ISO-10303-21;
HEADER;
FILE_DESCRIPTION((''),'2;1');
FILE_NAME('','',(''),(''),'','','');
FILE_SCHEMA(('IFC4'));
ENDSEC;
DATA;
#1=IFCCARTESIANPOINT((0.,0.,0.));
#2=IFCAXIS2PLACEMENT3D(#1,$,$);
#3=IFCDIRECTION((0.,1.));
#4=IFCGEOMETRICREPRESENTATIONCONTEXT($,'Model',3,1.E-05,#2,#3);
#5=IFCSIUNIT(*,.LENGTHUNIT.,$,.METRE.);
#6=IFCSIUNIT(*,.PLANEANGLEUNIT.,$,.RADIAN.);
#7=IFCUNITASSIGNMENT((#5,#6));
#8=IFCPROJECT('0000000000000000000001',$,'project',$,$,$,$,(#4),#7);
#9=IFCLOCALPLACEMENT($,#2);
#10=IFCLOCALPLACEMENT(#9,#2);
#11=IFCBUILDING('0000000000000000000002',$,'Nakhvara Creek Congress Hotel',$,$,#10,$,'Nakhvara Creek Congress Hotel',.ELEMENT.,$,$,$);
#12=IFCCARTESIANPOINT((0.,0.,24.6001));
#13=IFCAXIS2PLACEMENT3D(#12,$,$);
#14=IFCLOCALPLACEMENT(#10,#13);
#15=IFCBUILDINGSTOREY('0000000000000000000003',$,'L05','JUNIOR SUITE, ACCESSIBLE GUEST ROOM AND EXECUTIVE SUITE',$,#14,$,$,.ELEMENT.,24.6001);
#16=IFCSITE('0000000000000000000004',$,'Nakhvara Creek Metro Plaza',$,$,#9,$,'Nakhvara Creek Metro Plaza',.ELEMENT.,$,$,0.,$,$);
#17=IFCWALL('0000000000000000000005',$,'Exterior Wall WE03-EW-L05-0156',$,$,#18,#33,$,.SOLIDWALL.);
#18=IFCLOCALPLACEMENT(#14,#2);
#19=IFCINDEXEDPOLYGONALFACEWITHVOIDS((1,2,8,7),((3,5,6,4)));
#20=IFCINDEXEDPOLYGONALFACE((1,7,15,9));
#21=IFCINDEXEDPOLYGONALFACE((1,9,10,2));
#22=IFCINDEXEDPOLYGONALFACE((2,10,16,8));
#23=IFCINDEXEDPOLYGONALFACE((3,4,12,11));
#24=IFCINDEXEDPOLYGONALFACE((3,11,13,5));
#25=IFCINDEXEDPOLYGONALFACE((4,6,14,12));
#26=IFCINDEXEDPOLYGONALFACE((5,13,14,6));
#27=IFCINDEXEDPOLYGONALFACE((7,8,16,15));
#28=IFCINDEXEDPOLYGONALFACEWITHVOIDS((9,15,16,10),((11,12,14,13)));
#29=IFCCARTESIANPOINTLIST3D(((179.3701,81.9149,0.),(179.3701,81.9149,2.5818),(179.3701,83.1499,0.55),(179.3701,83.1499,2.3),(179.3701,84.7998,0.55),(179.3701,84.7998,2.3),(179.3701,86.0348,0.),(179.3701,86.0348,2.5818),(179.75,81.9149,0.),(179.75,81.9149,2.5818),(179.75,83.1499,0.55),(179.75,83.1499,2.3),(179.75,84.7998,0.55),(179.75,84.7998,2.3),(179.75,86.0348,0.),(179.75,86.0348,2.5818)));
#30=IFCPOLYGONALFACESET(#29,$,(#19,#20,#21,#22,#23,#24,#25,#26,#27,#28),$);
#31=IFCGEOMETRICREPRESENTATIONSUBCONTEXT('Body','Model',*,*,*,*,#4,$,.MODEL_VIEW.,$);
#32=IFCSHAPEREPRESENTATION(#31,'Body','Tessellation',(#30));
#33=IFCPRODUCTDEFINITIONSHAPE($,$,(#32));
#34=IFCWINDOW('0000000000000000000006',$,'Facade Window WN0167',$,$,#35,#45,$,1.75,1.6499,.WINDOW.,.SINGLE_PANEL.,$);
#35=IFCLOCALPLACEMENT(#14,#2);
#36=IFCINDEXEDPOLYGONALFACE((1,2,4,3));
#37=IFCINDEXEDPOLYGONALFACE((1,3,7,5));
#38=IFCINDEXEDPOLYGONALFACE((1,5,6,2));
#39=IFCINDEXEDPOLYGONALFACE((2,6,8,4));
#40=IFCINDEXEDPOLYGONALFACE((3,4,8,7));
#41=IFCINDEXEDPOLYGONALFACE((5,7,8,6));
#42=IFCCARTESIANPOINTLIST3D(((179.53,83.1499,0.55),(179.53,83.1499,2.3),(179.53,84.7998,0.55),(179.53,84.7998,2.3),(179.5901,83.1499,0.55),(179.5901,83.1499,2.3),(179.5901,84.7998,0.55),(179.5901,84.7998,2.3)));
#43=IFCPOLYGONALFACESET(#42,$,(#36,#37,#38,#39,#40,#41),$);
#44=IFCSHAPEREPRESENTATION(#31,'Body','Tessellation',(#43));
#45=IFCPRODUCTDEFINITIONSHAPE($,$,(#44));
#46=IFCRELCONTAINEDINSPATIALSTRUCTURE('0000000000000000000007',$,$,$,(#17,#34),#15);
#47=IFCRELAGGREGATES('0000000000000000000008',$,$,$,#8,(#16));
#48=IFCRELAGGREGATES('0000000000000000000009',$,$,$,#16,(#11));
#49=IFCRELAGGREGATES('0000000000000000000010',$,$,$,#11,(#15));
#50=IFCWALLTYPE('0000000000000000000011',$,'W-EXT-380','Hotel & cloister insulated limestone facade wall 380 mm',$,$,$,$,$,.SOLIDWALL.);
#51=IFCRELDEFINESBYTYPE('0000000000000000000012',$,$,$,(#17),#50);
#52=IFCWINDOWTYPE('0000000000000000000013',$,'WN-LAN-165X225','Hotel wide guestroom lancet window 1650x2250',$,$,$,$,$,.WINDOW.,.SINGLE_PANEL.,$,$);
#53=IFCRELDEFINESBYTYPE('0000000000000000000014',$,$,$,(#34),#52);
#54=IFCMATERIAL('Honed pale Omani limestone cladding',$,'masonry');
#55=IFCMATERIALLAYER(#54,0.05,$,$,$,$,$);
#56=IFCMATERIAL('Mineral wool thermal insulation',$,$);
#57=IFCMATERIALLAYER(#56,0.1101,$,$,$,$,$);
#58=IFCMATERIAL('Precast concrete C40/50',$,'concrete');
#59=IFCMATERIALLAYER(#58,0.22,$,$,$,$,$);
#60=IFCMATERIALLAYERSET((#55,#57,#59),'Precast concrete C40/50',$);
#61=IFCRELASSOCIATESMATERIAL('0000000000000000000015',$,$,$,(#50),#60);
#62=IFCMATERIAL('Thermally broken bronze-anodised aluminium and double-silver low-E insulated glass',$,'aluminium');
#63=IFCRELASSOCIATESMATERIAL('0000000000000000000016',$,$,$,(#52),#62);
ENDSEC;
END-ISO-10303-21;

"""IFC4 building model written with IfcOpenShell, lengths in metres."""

from ifc_helpers import new_model, si_unit, direction, frame, frame_2d, origin, place, context, subcontext, project, spatial, rectangle, extrude, material, layer, layer_set, type_object, element, fill, save


model = new_model("IFC4")

# Units and contexts
model_context = context("Model", 3, precision=1e-05, world=origin(), true_north=direction((0.0, 1.0)))
body_context = subcontext(model_context, "Body", "Model", "MODEL_VIEW")
ifc_project = project(units=[si_unit("LENGTHUNIT", "METRE"), si_unit("PLANEANGLEUNIT", "RADIAN")], contexts=[model_context])

# Site, building, storey
site_placement = place(None, origin())
site = spatial("IfcSite", under=ifc_project, at=site_placement, Name="Nakhvara Creek Metro Plaza", LongName="Nakhvara Creek Metro Plaza", CompositionType="ELEMENT", RefElevation=0.0)
building_placement = place(site_placement, origin())
building = spatial("IfcBuilding", under=site, at=building_placement, Name="Nakhvara Creek Congress Hotel", LongName="Nakhvara Creek Congress Hotel", CompositionType="ELEMENT")
storey_placement = place(building_placement, frame((0.0, 0.0, 24.6001)))
storey = spatial("IfcBuildingStorey", under=building, at=storey_placement, Name="L05", Description="JUNIOR SUITE, ACCESSIBLE GUEST ROOM AND EXECUTIVE SUITE", CompositionType="ELEMENT", Elevation=24.6001)

# Wall, opening, window
ifc_material_1 = material(Name="Honed pale Omani limestone cladding", Category="masonry")
ifc_layer_1 = layer(ifc_material_1, 0.05)
ifc_material_2 = material(Name="Mineral wool thermal insulation")
ifc_layer_2 = layer(ifc_material_2, 0.1101)
ifc_material_3 = material(Name="Precast concrete C40/50", Category="concrete")
ifc_layer_3 = layer(ifc_material_3, 0.22)
ifc_layer_set_1 = layer_set([ifc_layer_1, ifc_layer_2, ifc_layer_3], Name="Precast concrete C40/50")
wall_type = type_object("IfcWallType", Name="W-EXT-380", Description="Hotel & cloister insulated limestone facade wall 380 mm", PredefinedType="SOLIDWALL", material=ifc_layer_set_1)
wall_placement = place(storey_placement, frame((179.5601, 86.0349, 0.0), z_axis=(0.0, 0.0, 1.0), x_axis=(0.0, -1.0, 0.0)))
wall = element("IfcWall", 1, at=wall_placement, inside=storey, type_object=wall_type, Name="Exterior Wall WE03-EW-L05-0156", PredefinedType="SOLIDWALL", context=body_context, shape_type="SweptSolid", body=[
    extrude(rectangle(XDim=4.1199, YDim=0.3799, at=frame_2d((2.0601, 0.0))), origin(), (0.0, 0.0, 1.0), 2.5818),
])
opening_placement = place(wall_placement, frame((1.2351, 0.0, 0.55)))
opening = element("IfcOpeningElement", 2, at=opening_placement, cuts=wall, PredefinedType="OPENING", context=body_context, shape_type="SweptSolid", body=[
    extrude(rectangle(XDim=1.6499, YDim=1.75, at=frame_2d((0.825, 0.875))), frame((0.0, 0.2019, 0.0), z_axis=(0.0, -1.0, 0.0), x_axis=(1.0, 0.0, 0.0)), (0.0, 0.0, 1.0), 0.4038),
])
ifc_material_4 = material(Name="Thermally broken bronze-anodised aluminium and double-silver low-E insulated glass", Category="aluminium")
window_type = type_object("IfcWindowType", Name="WN-LAN-165X225", Description="Hotel wide guestroom lancet window 1650x2250", PartitioningType="SINGLE_PANEL", PredefinedType="WINDOW", material=ifc_material_4)
window_placement = place(opening_placement, origin())
window = element("IfcWindow", 3, at=window_placement, inside=storey, type_object=window_type, Name="Facade Window WN0167", OverallHeight=1.75, OverallWidth=1.6499, PartitioningType="SINGLE_PANEL", PredefinedType="WINDOW", context=body_context, shape_type="SweptSolid", body=[
    extrude(rectangle(XDim=1.6499, YDim=1.75, at=frame_2d((0.825, 0.875))), frame((0.0, 0.03, 0.0), z_axis=(0.0, -1.0, 0.0), x_axis=(1.0, 0.0, 0.0)), (0.0, 0.0, 1.0), 0.0601),
])
fill(opening, window)

save(model, "model.ifc")
